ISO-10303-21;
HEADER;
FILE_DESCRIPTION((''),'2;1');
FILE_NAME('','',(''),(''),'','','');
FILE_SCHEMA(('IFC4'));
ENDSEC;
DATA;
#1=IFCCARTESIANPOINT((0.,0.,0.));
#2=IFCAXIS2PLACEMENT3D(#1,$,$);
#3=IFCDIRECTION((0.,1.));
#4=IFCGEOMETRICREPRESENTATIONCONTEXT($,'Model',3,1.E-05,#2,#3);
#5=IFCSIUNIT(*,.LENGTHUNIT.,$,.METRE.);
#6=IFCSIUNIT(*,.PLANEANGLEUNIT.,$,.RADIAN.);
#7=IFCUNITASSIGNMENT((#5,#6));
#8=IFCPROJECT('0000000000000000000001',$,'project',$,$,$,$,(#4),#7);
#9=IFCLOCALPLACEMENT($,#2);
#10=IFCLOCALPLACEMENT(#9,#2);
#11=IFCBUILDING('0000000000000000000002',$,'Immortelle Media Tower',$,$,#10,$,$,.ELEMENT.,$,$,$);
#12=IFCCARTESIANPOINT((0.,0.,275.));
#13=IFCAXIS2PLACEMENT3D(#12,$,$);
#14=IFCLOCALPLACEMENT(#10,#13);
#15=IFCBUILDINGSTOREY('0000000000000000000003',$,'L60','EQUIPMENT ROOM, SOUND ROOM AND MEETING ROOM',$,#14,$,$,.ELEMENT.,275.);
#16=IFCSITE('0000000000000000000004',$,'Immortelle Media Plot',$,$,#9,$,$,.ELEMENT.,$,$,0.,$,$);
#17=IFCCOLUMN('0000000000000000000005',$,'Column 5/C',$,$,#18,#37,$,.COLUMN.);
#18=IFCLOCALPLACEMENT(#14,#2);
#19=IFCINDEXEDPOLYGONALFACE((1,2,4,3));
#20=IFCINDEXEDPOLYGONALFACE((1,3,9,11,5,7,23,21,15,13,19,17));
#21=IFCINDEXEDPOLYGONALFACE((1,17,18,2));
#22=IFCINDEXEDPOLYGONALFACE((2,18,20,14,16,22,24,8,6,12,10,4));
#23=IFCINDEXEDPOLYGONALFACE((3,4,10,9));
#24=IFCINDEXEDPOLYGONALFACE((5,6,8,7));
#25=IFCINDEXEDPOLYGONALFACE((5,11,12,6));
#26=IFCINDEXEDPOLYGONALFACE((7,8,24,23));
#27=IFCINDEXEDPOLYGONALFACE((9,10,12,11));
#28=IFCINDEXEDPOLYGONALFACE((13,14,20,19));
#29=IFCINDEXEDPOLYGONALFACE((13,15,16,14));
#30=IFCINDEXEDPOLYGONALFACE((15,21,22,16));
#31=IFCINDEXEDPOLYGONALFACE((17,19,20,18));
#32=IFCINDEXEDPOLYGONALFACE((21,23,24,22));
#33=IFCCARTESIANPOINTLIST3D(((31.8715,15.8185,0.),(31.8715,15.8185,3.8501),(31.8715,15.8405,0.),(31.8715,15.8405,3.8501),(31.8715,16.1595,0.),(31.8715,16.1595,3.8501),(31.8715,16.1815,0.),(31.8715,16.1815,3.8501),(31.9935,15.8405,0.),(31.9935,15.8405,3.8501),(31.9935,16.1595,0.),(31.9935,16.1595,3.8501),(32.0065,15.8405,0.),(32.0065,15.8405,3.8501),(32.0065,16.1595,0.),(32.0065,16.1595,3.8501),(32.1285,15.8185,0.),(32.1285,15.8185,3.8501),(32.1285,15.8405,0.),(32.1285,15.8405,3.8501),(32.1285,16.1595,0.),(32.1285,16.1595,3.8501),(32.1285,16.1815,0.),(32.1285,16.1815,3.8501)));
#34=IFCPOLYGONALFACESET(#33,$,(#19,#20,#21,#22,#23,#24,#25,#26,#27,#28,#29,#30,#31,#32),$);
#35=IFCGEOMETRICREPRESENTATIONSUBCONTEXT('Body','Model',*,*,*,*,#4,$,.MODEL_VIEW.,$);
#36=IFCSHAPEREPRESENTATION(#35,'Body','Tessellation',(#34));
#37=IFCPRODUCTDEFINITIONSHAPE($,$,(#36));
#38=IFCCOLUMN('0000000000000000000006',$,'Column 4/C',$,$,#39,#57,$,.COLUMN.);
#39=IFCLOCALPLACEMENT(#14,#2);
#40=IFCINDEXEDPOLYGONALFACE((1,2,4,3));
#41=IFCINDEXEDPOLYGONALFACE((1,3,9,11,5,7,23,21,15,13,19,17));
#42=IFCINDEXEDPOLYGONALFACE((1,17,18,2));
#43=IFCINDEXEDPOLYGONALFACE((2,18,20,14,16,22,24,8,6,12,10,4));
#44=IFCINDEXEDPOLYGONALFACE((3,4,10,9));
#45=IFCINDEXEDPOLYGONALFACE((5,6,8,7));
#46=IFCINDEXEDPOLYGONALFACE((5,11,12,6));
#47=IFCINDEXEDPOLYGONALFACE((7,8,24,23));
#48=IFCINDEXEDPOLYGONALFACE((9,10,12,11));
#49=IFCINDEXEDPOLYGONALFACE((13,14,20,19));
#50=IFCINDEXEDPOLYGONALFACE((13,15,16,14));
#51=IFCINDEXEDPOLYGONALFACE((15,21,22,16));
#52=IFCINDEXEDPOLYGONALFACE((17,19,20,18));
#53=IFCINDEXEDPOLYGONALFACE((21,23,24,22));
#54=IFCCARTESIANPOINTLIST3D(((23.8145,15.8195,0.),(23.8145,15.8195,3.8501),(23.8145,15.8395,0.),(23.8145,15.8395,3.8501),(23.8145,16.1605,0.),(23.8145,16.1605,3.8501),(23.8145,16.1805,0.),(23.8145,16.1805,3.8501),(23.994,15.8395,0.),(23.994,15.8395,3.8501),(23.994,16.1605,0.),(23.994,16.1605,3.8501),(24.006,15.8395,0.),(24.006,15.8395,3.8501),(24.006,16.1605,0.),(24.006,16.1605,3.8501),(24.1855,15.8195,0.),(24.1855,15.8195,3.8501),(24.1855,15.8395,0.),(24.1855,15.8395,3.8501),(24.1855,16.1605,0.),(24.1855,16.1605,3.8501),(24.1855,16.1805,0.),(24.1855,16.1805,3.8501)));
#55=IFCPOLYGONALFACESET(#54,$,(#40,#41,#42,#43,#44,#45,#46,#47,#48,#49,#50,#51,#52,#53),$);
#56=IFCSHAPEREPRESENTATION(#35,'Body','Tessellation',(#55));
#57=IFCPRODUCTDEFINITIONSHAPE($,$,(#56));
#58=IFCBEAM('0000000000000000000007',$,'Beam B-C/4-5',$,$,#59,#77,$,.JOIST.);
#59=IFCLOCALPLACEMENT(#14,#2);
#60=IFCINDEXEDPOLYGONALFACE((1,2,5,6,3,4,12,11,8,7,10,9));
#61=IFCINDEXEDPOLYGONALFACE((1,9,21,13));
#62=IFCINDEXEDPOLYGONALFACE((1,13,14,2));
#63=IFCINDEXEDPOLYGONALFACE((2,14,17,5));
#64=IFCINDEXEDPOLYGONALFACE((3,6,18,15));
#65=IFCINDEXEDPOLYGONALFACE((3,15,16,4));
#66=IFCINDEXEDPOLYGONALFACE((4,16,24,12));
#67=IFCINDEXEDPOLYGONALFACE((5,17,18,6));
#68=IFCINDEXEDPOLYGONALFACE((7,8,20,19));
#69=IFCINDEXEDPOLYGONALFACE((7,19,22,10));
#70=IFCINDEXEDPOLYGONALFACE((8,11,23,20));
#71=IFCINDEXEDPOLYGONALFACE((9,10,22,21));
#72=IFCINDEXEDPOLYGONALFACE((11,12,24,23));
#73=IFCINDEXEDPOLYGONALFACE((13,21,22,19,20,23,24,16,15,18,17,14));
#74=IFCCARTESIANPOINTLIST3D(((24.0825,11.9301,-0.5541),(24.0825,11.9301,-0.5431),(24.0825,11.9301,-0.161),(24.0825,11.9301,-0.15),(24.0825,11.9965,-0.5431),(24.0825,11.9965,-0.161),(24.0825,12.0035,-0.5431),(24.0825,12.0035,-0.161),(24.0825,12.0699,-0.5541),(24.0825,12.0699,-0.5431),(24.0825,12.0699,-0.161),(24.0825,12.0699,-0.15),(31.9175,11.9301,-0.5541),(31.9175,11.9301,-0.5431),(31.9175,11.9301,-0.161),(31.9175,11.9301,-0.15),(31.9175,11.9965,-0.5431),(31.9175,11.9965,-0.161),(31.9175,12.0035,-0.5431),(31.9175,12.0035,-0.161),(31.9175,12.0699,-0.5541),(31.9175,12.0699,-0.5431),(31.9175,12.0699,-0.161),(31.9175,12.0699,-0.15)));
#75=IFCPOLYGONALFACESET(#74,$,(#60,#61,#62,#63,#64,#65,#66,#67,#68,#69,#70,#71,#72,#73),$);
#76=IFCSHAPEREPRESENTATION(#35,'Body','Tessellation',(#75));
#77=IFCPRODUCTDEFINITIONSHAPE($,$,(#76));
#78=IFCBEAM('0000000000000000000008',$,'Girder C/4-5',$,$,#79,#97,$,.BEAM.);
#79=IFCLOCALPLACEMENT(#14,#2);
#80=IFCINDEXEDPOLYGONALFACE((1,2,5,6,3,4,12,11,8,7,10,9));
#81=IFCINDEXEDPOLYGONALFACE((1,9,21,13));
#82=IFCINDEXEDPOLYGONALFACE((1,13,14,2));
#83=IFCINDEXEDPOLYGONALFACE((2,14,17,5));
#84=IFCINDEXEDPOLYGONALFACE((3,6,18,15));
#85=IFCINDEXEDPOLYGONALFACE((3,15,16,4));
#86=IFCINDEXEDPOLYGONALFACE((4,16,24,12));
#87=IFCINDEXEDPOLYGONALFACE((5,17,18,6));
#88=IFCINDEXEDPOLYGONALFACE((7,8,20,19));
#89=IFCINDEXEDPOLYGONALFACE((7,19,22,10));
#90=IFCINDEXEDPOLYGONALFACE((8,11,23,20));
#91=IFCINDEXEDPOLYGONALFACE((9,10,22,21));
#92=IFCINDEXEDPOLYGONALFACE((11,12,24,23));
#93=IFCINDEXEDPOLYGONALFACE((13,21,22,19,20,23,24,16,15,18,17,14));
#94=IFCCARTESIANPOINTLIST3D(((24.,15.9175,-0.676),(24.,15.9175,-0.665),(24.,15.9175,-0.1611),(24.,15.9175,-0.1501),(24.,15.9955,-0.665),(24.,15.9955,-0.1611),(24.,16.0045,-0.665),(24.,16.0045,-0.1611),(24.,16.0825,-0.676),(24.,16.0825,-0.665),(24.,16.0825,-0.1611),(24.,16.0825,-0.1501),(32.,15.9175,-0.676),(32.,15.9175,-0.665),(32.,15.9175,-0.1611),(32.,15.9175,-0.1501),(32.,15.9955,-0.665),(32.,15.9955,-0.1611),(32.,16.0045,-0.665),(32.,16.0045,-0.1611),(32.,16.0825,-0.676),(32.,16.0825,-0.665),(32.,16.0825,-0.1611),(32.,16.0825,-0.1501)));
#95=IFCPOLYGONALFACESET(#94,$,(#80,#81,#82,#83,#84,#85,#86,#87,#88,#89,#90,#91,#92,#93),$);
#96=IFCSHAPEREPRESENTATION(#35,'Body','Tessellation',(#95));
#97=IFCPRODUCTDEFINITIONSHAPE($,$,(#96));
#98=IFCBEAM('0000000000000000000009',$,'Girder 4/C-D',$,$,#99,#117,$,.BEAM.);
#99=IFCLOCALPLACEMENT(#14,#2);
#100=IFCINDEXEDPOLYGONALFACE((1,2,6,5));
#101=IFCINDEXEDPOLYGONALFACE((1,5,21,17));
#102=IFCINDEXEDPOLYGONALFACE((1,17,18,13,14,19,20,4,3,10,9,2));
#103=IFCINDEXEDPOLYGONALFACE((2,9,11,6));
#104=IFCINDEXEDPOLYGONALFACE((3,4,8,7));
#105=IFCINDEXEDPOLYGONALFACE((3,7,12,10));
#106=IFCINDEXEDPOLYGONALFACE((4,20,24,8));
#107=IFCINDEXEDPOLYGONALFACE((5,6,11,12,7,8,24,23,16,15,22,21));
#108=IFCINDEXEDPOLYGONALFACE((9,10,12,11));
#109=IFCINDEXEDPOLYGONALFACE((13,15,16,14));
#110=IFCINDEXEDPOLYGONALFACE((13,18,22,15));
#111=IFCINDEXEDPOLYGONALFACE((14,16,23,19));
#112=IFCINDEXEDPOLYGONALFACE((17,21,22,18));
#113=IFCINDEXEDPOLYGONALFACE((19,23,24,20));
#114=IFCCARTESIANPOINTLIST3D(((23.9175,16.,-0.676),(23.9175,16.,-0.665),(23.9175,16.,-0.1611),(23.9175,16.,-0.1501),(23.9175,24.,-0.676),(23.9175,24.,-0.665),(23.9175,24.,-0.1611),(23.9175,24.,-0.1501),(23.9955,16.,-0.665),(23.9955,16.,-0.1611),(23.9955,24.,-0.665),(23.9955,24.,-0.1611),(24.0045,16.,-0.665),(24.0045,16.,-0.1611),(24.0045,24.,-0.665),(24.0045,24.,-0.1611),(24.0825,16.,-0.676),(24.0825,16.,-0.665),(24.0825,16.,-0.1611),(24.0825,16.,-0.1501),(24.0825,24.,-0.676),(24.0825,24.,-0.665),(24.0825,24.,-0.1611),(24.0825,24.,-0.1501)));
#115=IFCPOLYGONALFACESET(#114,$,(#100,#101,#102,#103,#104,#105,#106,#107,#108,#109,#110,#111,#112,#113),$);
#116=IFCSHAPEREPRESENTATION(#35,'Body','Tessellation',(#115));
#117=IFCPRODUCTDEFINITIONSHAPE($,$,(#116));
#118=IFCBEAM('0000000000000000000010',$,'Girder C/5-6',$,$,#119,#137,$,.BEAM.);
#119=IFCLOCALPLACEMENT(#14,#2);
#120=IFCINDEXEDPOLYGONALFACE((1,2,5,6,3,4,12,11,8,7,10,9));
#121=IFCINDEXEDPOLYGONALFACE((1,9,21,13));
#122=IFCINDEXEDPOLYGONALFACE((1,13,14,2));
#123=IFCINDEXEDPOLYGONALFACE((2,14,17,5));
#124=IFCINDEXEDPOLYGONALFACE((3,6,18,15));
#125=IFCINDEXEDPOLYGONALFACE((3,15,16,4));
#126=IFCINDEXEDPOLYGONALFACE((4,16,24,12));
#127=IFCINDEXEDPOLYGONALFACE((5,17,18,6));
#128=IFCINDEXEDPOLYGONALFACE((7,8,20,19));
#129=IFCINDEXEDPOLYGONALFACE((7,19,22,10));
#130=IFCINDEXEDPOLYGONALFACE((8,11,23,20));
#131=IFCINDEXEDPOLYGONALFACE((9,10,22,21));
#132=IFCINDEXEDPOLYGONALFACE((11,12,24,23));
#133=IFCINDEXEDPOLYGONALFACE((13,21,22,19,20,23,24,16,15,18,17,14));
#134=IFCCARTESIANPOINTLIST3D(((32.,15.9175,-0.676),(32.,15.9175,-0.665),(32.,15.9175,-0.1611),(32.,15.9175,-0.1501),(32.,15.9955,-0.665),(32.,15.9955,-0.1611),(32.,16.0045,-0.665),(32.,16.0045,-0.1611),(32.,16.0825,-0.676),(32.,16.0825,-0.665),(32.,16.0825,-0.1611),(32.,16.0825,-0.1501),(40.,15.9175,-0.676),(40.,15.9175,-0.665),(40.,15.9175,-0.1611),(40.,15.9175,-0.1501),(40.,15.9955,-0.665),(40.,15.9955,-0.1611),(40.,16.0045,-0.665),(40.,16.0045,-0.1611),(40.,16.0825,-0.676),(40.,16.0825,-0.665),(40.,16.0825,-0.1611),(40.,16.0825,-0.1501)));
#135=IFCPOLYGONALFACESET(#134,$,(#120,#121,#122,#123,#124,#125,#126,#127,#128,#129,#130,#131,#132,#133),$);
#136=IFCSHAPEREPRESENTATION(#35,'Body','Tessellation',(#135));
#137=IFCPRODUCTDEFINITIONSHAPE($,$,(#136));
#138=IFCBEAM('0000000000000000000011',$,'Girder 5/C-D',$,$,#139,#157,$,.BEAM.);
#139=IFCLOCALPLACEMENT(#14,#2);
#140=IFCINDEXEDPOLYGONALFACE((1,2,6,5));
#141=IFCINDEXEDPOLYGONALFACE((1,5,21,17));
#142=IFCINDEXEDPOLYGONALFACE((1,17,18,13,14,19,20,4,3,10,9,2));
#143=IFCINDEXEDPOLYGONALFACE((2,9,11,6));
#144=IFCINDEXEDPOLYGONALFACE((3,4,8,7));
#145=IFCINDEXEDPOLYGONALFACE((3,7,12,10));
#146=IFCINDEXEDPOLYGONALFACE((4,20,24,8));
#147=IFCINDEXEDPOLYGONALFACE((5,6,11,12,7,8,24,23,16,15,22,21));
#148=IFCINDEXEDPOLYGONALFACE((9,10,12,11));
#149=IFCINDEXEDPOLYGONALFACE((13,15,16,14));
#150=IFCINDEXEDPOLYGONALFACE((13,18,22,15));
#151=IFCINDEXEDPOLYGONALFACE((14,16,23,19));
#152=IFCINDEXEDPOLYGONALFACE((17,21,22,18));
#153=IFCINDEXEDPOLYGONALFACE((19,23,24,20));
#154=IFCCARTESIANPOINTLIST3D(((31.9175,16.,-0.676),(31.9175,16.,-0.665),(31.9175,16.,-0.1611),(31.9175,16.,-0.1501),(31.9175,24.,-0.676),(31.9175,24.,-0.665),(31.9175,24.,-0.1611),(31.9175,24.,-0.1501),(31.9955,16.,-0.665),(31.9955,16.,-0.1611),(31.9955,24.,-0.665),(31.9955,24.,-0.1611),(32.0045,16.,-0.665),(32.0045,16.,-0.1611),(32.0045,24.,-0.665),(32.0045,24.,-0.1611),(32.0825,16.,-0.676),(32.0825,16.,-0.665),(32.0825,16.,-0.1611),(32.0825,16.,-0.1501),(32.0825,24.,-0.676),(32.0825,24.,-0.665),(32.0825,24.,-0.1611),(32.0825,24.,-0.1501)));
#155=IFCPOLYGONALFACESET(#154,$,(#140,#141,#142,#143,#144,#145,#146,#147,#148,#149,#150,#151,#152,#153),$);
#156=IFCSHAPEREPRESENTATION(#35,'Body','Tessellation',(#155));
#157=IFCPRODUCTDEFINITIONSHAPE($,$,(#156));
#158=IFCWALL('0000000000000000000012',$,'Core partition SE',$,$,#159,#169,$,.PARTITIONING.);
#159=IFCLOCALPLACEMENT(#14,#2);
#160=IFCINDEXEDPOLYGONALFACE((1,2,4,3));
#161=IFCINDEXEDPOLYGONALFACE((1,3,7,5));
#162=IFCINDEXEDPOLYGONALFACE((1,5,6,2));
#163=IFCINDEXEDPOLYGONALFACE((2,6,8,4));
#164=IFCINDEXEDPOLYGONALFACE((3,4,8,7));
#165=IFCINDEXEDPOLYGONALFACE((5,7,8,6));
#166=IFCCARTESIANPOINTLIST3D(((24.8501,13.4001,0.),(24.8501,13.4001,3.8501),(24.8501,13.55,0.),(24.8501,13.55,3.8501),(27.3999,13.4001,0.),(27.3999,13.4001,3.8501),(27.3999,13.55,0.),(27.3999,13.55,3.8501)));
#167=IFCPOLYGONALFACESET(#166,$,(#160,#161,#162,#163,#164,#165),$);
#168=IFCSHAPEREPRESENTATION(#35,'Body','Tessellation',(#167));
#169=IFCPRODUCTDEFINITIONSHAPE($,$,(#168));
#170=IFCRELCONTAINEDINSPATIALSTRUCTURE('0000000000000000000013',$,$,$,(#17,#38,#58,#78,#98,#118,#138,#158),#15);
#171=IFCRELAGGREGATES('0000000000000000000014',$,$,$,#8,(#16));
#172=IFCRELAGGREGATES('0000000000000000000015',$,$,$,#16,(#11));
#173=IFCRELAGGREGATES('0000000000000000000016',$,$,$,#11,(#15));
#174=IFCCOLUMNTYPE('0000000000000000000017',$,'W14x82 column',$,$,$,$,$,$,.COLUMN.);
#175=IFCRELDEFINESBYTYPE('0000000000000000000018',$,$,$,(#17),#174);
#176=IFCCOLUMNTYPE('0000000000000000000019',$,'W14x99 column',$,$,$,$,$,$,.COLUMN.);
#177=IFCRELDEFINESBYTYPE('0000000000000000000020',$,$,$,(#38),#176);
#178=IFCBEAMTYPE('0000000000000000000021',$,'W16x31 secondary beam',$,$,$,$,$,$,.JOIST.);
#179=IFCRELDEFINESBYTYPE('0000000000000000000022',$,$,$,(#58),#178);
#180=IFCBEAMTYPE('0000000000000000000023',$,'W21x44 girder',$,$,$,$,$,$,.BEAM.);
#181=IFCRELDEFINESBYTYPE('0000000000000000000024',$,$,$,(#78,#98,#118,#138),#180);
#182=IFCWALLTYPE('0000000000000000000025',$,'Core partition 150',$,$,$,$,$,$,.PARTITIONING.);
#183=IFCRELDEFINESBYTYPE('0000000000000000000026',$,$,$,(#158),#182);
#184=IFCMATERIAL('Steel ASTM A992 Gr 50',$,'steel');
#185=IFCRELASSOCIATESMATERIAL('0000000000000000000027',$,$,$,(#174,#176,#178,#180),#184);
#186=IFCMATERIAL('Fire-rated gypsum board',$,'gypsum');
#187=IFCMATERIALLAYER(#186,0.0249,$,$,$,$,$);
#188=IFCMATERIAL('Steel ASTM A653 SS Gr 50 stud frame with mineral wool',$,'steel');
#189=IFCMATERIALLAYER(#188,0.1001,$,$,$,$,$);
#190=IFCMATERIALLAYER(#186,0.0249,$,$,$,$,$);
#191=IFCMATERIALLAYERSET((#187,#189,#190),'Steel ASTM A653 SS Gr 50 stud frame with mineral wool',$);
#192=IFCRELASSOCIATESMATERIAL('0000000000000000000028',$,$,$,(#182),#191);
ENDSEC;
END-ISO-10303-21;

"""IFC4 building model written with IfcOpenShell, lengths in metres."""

from ifc_helpers import new_model, si_unit, direction, frame, frame_2d, origin, origin_2d, place, context, subcontext, project, spatial, rectangle, i_section, extrude, material, layer, layer_set, material_profile, profile_set, type_object, element, save


model = new_model("IFC4")

# Units and contexts
model_context = context("Model", 3, precision=1e-05, world=origin(), true_north=direction((0.0, 1.0)))
body_context = subcontext(model_context, "Body", "Model", "MODEL_VIEW")
ifc_project = project(units=[si_unit("LENGTHUNIT", "METRE"), si_unit("PLANEANGLEUNIT", "RADIAN")], contexts=[model_context])

# Site, building, storey
site_placement = place(None, origin())
site = spatial("IfcSite", under=ifc_project, at=site_placement, Name="Immortelle Media Plot", CompositionType="ELEMENT", RefElevation=0.0)
building_placement = place(site_placement, origin())
building = spatial("IfcBuilding", under=site, at=building_placement, Name="Immortelle Media Tower", CompositionType="ELEMENT")
storey_placement = place(building_placement, frame((0.0, 0.0, 275.0)))
storey = spatial("IfcBuildingStorey", under=building, at=storey_placement, Name="L60", Description="EQUIPMENT ROOM, SOUND ROOM AND MEETING ROOM", CompositionType="ELEMENT", Elevation=275.0)

# Columns
ifc_material_1 = material(Name="Steel ASTM A992 Gr 50", Category="steel")
ifc_material_profile_1 = material_profile(ifc_material_1, i_section(OverallWidth=0.2571, OverallDepth=0.363, WebThickness=0.0129, FlangeThickness=0.022, at=origin_2d()), Name="W14x82")
ifc_profile_set_1 = profile_set([ifc_material_profile_1], Name="Steel ASTM A992 Gr 50")
column_type_1 = type_object("IfcColumnType", Name="W14x82 column", PredefinedType="COLUMN", material=ifc_profile_set_1)
column_1_placement = place(storey_placement, frame((32.0, 16.0, 0.0), z_axis=(0.0, 0.0, 1.0), x_axis=(1.0, 0.0, 0.0)))
element("IfcColumn", 1, at=column_1_placement, inside=storey, type_object=column_type_1, Name="Column 5/C", PredefinedType="COLUMN", context=body_context, shape_type="SweptSolid", body=[
    extrude(i_section(OverallWidth=0.2571, OverallDepth=0.363, WebThickness=0.0129, FlangeThickness=0.022, at=origin_2d()), origin(), (0.0, 0.0, 1.0), 3.8501),
])
ifc_material_profile_2 = material_profile(ifc_material_1, i_section(OverallWidth=0.3711, OverallDepth=0.3611, WebThickness=0.012, FlangeThickness=0.02, at=origin_2d()), Name="W14x99")
ifc_profile_set_2 = profile_set([ifc_material_profile_2], Name="Steel ASTM A992 Gr 50")
column_type_2 = type_object("IfcColumnType", Name="W14x99 column", PredefinedType="COLUMN", material=ifc_profile_set_2)
column_2_placement = place(storey_placement, frame((24.0, 16.0, 0.0), z_axis=(0.0, 0.0, 1.0), x_axis=(1.0, 0.0, 0.0)))
element("IfcColumn", 2, at=column_2_placement, inside=storey, type_object=column_type_2, Name="Column 4/C", PredefinedType="COLUMN", context=body_context, shape_type="SweptSolid", body=[
    extrude(i_section(OverallWidth=0.3711, OverallDepth=0.3611, WebThickness=0.012, FlangeThickness=0.02, at=origin_2d()), origin(), (0.0, 0.0, 1.0), 3.8501),
])

# Beams
ifc_material_profile_3 = material_profile(ifc_material_1, i_section(OverallWidth=0.1399, OverallDepth=0.4041, WebThickness=0.0071, FlangeThickness=0.011, at=origin_2d()), Name="W16x31")
ifc_profile_set_3 = profile_set([ifc_material_profile_3], Name="Steel ASTM A992 Gr 50")
beam_type_1 = type_object("IfcBeamType", Name="W16x31 secondary beam", PredefinedType="JOIST", material=ifc_profile_set_3)
beam_placement = place(storey_placement, frame((24.0825, 12.0, -0.3521), z_axis=(1.0, 0.0, 0.0), x_axis=(0.0, 1.0, 0.0)))
element("IfcBeam", 3, at=beam_placement, inside=storey, type_object=beam_type_1, Name="Beam B-C/4-5", PredefinedType="JOIST", context=body_context, shape_type="SweptSolid", body=[
    extrude(i_section(OverallWidth=0.1399, OverallDepth=0.4041, WebThickness=0.0071, FlangeThickness=0.011, at=origin_2d()), origin(), (0.0, 0.0, 1.0), 7.835),
])
ifc_material_profile_4 = material_profile(ifc_material_1, i_section(OverallWidth=0.165, OverallDepth=0.5259, WebThickness=0.009, FlangeThickness=0.011, at=origin_2d()), Name="W21x44")
ifc_profile_set_4 = profile_set([ifc_material_profile_4], Name="Steel ASTM A992 Gr 50")
beam_type_2 = type_object("IfcBeamType", Name="W21x44 girder", PredefinedType="BEAM", material=ifc_profile_set_4)
for number, where, z_axis, x_axis, name in (
    (4, (24.0, 16.0, -0.4131), (1.0, 0.0, 0.0), (0.0, 1.0, 0.0), "Girder C/4-5"),
    (5, (24.0, 16.0, -0.4131), (0.0, 1.0, 0.0), (-1.0, 0.0, 0.0), "Girder 4/C-D"),
    (6, (32.0, 16.0, -0.4131), (1.0, 0.0, 0.0), (0.0, 1.0, 0.0), "Girder C/5-6"),
    (7, (32.0, 16.0, -0.4131), (0.0, 1.0, 0.0), (-1.0, 0.0, 0.0), "Girder 5/C-D"),
):
    element("IfcBeam", number, at=place(storey_placement, frame(where, z_axis=z_axis, x_axis=x_axis)), inside=storey, type_object=beam_type_2, Name=name, PredefinedType="BEAM", context=body_context, shape_type="SweptSolid", body=[
        extrude(i_section(OverallWidth=0.165, OverallDepth=0.5259, WebThickness=0.009, FlangeThickness=0.011, at=origin_2d()), origin(), (0.0, 0.0, 1.0), 8.0),
    ])

# Wall
ifc_material_2 = material(Name="Fire-rated gypsum board", Category="gypsum")
ifc_layer_1 = layer(ifc_material_2, 0.0249)
ifc_material_3 = material(Name="Steel ASTM A653 SS Gr 50 stud frame with mineral wool", Category="steel")
ifc_layer_2 = layer(ifc_material_3, 0.1001)
ifc_layer_3 = layer(ifc_material_2, 0.0249)
ifc_layer_set_1 = layer_set([ifc_layer_1, ifc_layer_2, ifc_layer_3], Name="Steel ASTM A653 SS Gr 50 stud frame with mineral wool")
wall_type_1 = type_object("IfcWallType", Name="Core partition 150", PredefinedType="PARTITIONING", material=ifc_layer_set_1)
wall_1_placement = place(storey_placement, frame((24.8501, 13.4751, 0.0), z_axis=(0.0, 0.0, 1.0), x_axis=(1.0, 0.0, 0.0)))
element("IfcWall", 8, at=wall_1_placement, inside=storey, type_object=wall_type_1, Name="Core partition SE", PredefinedType="PARTITIONING", context=body_context, shape_type="SweptSolid", body=[
    extrude(rectangle(XDim=2.5498, YDim=0.1499, at=frame_2d((1.2749, 0.0))), origin(), (0.0, 0.0, 1.0), 3.8501),
])

save(model, "model.ifc")
